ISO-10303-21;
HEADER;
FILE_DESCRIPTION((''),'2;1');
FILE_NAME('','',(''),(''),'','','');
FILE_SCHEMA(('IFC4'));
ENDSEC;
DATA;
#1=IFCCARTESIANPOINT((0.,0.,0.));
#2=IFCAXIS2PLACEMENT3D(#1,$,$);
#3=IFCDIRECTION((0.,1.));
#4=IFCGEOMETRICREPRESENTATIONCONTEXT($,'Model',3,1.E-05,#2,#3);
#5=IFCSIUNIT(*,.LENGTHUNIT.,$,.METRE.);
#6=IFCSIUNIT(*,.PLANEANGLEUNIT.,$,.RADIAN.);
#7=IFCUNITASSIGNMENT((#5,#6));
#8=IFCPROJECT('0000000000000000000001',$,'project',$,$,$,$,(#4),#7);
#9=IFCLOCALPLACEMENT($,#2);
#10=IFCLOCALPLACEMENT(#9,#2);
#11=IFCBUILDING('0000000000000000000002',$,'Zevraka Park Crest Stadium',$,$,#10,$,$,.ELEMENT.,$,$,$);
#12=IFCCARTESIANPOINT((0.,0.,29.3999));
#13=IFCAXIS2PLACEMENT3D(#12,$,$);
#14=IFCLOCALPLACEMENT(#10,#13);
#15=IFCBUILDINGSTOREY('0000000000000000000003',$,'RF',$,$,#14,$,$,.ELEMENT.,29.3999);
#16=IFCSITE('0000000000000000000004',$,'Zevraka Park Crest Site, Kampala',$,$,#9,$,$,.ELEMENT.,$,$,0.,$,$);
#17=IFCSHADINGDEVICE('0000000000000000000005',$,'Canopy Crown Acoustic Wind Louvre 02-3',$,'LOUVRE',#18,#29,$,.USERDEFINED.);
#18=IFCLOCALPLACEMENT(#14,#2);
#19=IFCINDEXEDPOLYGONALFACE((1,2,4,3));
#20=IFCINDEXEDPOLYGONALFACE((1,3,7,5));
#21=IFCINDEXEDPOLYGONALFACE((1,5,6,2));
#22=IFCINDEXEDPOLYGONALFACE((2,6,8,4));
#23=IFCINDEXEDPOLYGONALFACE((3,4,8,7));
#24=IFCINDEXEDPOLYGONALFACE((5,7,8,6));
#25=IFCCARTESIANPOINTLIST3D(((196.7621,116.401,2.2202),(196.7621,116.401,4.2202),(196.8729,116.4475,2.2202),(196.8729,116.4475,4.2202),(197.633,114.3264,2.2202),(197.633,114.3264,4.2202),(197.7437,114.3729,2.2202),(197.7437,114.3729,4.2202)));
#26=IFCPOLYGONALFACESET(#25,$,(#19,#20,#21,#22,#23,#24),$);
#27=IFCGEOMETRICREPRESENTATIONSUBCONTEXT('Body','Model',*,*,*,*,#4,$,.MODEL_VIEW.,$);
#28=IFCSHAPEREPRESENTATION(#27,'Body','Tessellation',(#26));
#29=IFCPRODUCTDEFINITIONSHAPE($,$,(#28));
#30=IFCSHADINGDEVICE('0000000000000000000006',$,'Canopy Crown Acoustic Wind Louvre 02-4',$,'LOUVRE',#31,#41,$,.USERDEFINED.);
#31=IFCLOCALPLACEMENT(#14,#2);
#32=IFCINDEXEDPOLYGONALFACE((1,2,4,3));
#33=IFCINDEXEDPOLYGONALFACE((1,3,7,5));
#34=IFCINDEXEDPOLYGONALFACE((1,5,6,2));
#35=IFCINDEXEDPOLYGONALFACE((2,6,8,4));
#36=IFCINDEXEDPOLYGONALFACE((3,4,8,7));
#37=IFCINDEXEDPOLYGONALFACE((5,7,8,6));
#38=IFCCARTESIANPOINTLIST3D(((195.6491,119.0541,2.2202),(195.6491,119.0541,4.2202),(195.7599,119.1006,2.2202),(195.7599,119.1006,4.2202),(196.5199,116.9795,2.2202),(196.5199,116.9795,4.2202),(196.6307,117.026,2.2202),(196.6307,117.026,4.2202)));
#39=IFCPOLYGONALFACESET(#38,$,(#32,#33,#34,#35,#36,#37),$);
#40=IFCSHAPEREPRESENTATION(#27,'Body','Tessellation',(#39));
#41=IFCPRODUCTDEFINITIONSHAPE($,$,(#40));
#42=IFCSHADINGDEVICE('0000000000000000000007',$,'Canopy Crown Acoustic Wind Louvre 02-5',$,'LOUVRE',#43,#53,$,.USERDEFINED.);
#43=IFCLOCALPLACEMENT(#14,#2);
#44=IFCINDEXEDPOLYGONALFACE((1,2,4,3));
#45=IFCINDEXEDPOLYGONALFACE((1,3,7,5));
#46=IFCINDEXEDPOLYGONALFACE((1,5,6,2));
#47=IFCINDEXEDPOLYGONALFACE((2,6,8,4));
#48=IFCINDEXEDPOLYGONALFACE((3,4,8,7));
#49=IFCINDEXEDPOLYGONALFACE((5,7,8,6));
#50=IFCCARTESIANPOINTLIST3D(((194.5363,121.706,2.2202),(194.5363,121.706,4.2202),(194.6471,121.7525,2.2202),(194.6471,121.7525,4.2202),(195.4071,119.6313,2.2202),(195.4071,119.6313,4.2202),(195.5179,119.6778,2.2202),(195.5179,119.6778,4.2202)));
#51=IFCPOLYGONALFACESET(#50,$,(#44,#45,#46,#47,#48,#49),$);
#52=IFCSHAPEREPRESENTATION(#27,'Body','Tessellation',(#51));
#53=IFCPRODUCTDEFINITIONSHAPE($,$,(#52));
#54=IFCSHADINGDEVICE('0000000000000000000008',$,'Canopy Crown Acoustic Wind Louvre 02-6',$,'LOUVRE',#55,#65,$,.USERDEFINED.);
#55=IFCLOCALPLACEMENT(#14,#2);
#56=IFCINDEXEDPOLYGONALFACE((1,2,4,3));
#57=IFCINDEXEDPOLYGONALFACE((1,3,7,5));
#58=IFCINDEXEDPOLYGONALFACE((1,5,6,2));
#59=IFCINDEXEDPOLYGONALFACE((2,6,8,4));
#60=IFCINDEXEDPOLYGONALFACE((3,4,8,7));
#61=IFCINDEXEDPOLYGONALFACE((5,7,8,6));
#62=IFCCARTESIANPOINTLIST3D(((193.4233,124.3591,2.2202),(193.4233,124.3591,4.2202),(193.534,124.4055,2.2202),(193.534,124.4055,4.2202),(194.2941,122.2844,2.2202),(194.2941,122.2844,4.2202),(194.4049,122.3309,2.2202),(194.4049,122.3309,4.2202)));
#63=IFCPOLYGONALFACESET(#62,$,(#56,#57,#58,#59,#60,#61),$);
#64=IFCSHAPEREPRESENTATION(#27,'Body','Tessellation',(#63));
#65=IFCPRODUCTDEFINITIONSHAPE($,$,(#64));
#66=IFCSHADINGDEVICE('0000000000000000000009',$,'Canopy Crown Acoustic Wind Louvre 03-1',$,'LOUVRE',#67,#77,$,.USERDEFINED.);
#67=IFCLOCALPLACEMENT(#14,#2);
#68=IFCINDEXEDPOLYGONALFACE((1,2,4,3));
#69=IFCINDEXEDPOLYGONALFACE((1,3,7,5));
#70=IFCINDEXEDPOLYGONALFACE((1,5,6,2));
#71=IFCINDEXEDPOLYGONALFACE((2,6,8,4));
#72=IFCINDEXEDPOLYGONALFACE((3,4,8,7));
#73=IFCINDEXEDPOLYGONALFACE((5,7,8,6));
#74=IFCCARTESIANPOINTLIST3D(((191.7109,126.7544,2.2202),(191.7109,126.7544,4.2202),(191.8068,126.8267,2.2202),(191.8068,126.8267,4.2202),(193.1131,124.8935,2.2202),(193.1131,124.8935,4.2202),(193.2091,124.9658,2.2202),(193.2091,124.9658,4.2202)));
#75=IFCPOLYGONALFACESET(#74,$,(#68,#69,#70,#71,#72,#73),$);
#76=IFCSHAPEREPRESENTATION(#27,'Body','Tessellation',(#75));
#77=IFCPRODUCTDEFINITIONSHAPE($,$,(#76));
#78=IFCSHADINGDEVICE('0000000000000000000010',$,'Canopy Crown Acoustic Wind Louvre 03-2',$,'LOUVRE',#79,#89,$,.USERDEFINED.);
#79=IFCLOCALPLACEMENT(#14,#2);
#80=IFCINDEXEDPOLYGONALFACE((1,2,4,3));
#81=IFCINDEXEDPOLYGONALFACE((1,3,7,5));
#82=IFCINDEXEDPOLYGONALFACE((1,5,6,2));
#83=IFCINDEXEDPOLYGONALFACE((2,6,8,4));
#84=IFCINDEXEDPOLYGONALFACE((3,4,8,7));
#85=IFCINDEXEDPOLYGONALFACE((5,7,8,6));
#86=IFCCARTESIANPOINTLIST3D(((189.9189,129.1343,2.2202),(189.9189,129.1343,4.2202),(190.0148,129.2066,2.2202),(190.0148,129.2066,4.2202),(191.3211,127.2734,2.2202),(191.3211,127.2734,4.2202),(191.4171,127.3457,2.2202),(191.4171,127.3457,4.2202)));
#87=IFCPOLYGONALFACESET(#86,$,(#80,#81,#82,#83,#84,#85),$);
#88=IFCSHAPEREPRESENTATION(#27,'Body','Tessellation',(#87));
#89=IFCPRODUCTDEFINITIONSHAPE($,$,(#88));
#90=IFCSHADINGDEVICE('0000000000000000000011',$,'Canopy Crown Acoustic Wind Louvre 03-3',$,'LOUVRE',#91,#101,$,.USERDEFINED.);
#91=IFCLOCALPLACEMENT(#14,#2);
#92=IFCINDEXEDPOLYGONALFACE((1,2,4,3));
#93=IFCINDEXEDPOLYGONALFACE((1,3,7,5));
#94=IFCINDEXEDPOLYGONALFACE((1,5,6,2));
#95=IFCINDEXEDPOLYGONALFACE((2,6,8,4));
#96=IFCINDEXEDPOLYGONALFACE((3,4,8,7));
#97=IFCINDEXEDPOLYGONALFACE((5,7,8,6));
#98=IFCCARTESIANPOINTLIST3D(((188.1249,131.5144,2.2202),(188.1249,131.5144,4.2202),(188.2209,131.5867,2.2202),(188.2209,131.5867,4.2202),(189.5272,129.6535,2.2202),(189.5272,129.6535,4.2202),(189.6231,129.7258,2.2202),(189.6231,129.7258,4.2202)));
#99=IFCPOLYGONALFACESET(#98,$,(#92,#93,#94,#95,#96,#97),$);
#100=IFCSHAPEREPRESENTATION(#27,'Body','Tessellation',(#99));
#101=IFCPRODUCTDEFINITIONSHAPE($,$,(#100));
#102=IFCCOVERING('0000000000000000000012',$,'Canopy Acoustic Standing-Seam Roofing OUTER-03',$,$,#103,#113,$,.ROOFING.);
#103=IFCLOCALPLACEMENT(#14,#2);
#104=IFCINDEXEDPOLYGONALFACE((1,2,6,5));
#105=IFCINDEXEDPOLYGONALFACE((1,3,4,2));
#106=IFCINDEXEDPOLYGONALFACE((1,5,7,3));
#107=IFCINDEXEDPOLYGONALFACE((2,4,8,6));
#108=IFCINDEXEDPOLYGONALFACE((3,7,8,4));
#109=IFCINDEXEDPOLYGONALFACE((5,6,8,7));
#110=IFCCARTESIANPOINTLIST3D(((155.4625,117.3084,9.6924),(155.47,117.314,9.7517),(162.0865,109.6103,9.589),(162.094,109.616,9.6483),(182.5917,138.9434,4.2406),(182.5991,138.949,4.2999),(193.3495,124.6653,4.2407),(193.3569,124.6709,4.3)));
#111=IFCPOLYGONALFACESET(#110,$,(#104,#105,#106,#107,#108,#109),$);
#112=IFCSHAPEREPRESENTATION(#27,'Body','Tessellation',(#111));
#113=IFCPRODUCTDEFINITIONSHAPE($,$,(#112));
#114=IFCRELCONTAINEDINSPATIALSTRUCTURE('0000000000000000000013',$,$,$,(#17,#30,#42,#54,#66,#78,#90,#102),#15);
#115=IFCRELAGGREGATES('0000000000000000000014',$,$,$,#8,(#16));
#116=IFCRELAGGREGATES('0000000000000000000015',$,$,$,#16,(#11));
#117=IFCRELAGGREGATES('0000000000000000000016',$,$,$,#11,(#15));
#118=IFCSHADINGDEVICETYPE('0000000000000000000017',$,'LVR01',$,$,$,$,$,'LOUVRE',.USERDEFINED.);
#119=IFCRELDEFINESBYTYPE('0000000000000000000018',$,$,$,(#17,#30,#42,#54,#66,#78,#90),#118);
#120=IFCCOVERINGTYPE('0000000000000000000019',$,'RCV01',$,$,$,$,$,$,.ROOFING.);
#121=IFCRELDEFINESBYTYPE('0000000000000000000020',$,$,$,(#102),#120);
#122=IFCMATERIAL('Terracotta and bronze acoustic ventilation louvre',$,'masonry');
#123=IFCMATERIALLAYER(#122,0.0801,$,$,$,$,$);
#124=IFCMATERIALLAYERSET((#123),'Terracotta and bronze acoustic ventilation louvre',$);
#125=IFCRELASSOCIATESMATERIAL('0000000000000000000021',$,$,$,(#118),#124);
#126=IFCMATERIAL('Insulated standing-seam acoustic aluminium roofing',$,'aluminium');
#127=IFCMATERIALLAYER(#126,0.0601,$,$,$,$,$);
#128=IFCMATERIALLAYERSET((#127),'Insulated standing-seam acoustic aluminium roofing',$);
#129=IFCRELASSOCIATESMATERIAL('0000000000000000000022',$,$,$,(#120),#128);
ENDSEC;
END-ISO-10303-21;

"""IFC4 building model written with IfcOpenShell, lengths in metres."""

from ifc_helpers import new_model, si_unit, direction, frame, origin, origin_2d, place, context, subcontext, project, spatial, polyline, rectangle, outline, extrude, material, layer, layer_set, type_object, element, save


model = new_model("IFC4")

# Units and contexts
model_context = context("Model", 3, precision=1e-05, world=origin(), true_north=direction((0.0, 1.0)))
body_context = subcontext(model_context, "Body", "Model", "MODEL_VIEW")
ifc_project = project(units=[si_unit("LENGTHUNIT", "METRE"), si_unit("PLANEANGLEUNIT", "RADIAN")], contexts=[model_context])

# Site, building, storey
site_placement = place(None, origin())
site = spatial("IfcSite", under=ifc_project, at=site_placement, Name="Zevraka Park Crest Site, Kampala", CompositionType="ELEMENT", RefElevation=0.0)
building_placement = place(site_placement, origin())
building = spatial("IfcBuilding", under=site, at=building_placement, Name="Zevraka Park Crest Stadium", CompositionType="ELEMENT")
storey_placement = place(building_placement, frame((0.0, 0.0, 29.3999)))
storey = spatial("IfcBuildingStorey", under=building, at=storey_placement, Name="RF", CompositionType="ELEMENT", Elevation=29.3999)

# Shading devices
ifc_material_1 = material(Name="Terracotta and bronze acoustic ventilation louvre", Category="masonry")
ifc_layer_1 = layer(ifc_material_1, 0.0801)
ifc_layer_set_1 = layer_set([ifc_layer_1], Name="Terracotta and bronze acoustic ventilation louvre")
shading_device_type = type_object("IfcShadingDeviceType", Name="LVR01", ElementType="LOUVRE", PredefinedType="USERDEFINED", material=ifc_layer_set_1)
for number, where, z_axis, x_axis, name in (
    (1, (197.2529, 115.387, 2.2202), (0.0, 0.0, 1.0), (-0.387033, 0.922066, 0.0), "Canopy Crown Acoustic Wind Louvre 02-3"),
    (2, (196.1399, 118.04, 2.2202), (0.0, 0.0, 1.0), (-0.387033, 0.922066, 0.0), "Canopy Crown Acoustic Wind Louvre 02-4"),
    (3, (195.0271, 120.6919, 2.2202), (0.0, 0.0, 1.0), (-0.387033, 0.922066, 0.0), "Canopy Crown Acoustic Wind Louvre 02-5"),
    (4, (193.9141, 123.345, 2.2202), (0.0, 0.0, 1.0), (-0.387033, 0.922066, 0.0), "Canopy Crown Acoustic Wind Louvre 02-6"),
):
    element("IfcShadingDevice", number, at=place(storey_placement, frame(where, z_axis=z_axis, x_axis=x_axis)), inside=storey, type_object=shading_device_type, Name=name, ObjectType="LOUVRE", PredefinedType="USERDEFINED", context=body_context, shape_type="SweptSolid", body=[
        extrude(rectangle(XDim=2.25, YDim=0.1201, at=origin_2d()), origin(), (0.0, 0.0, 1.0), 2.0),
    ])
for number, where, z_axis, x_axis, name in (
    (5, (192.46, 125.8601, 2.2202), (0.0, 0.0, 1.0), (-0.601815, 0.798636, 0.0), "Canopy Crown Acoustic Wind Louvre 03-1"),
    (6, (190.668, 128.24, 2.2202), (0.0, 0.0, 1.0), (-0.601815, 0.798636, 0.0), "Canopy Crown Acoustic Wind Louvre 03-2"),
    (7, (188.874, 130.6201, 2.2202), (0.0, 0.0, 1.0), (-0.601815, 0.798636, 0.0), "Canopy Crown Acoustic Wind Louvre 03-3"),
):
    element("IfcShadingDevice", number, at=place(storey_placement, frame(where, z_axis=z_axis, x_axis=x_axis)), inside=storey, type_object=shading_device_type, Name=name, ObjectType="LOUVRE", PredefinedType="USERDEFINED", context=body_context, shape_type="SweptSolid", body=[
        extrude(rectangle(XDim=2.3301, YDim=0.1201, at=origin_2d()), origin(), (0.0, 0.0, 1.0), 2.0),
    ])

# Covering
ifc_material_2 = material(Name="Insulated standing-seam acoustic aluminium roofing", Category="aluminium")
ifc_layer_2 = layer(ifc_material_2, 0.0601)
ifc_layer_set_2 = layer_set([ifc_layer_2], Name="Insulated standing-seam acoustic aluminium roofing")
covering_type_1 = type_object("IfcCoveringType", Name="RCV01", PredefinedType="ROOFING", material=ifc_layer_set_2)
covering_1_placement = place(storey_placement, frame((193.3569, 124.6709, 4.3), z_axis=(0.124004, 0.093438, 0.987873), x_axis=(-0.601763, 0.798675, -0.000006)))
element("IfcCovering", 8, at=covering_1_placement, inside=storey, type_object=covering_type_1, Name="Canopy Acoustic Standing-Seam Roofing OUTER-03", PredefinedType="ROOFING", context=body_context, shape_type="SweptSolid", body=[
    extrude(outline(polyline([(0.0, 0.0), (17.8772, 0.0), (16.9231, 35.1123), (6.7888, 34.4462), (0.0, 0.0)])), origin(), (0.0, 0.0, -1.0), 0.0601),
])

save(model, "model.ifc")
